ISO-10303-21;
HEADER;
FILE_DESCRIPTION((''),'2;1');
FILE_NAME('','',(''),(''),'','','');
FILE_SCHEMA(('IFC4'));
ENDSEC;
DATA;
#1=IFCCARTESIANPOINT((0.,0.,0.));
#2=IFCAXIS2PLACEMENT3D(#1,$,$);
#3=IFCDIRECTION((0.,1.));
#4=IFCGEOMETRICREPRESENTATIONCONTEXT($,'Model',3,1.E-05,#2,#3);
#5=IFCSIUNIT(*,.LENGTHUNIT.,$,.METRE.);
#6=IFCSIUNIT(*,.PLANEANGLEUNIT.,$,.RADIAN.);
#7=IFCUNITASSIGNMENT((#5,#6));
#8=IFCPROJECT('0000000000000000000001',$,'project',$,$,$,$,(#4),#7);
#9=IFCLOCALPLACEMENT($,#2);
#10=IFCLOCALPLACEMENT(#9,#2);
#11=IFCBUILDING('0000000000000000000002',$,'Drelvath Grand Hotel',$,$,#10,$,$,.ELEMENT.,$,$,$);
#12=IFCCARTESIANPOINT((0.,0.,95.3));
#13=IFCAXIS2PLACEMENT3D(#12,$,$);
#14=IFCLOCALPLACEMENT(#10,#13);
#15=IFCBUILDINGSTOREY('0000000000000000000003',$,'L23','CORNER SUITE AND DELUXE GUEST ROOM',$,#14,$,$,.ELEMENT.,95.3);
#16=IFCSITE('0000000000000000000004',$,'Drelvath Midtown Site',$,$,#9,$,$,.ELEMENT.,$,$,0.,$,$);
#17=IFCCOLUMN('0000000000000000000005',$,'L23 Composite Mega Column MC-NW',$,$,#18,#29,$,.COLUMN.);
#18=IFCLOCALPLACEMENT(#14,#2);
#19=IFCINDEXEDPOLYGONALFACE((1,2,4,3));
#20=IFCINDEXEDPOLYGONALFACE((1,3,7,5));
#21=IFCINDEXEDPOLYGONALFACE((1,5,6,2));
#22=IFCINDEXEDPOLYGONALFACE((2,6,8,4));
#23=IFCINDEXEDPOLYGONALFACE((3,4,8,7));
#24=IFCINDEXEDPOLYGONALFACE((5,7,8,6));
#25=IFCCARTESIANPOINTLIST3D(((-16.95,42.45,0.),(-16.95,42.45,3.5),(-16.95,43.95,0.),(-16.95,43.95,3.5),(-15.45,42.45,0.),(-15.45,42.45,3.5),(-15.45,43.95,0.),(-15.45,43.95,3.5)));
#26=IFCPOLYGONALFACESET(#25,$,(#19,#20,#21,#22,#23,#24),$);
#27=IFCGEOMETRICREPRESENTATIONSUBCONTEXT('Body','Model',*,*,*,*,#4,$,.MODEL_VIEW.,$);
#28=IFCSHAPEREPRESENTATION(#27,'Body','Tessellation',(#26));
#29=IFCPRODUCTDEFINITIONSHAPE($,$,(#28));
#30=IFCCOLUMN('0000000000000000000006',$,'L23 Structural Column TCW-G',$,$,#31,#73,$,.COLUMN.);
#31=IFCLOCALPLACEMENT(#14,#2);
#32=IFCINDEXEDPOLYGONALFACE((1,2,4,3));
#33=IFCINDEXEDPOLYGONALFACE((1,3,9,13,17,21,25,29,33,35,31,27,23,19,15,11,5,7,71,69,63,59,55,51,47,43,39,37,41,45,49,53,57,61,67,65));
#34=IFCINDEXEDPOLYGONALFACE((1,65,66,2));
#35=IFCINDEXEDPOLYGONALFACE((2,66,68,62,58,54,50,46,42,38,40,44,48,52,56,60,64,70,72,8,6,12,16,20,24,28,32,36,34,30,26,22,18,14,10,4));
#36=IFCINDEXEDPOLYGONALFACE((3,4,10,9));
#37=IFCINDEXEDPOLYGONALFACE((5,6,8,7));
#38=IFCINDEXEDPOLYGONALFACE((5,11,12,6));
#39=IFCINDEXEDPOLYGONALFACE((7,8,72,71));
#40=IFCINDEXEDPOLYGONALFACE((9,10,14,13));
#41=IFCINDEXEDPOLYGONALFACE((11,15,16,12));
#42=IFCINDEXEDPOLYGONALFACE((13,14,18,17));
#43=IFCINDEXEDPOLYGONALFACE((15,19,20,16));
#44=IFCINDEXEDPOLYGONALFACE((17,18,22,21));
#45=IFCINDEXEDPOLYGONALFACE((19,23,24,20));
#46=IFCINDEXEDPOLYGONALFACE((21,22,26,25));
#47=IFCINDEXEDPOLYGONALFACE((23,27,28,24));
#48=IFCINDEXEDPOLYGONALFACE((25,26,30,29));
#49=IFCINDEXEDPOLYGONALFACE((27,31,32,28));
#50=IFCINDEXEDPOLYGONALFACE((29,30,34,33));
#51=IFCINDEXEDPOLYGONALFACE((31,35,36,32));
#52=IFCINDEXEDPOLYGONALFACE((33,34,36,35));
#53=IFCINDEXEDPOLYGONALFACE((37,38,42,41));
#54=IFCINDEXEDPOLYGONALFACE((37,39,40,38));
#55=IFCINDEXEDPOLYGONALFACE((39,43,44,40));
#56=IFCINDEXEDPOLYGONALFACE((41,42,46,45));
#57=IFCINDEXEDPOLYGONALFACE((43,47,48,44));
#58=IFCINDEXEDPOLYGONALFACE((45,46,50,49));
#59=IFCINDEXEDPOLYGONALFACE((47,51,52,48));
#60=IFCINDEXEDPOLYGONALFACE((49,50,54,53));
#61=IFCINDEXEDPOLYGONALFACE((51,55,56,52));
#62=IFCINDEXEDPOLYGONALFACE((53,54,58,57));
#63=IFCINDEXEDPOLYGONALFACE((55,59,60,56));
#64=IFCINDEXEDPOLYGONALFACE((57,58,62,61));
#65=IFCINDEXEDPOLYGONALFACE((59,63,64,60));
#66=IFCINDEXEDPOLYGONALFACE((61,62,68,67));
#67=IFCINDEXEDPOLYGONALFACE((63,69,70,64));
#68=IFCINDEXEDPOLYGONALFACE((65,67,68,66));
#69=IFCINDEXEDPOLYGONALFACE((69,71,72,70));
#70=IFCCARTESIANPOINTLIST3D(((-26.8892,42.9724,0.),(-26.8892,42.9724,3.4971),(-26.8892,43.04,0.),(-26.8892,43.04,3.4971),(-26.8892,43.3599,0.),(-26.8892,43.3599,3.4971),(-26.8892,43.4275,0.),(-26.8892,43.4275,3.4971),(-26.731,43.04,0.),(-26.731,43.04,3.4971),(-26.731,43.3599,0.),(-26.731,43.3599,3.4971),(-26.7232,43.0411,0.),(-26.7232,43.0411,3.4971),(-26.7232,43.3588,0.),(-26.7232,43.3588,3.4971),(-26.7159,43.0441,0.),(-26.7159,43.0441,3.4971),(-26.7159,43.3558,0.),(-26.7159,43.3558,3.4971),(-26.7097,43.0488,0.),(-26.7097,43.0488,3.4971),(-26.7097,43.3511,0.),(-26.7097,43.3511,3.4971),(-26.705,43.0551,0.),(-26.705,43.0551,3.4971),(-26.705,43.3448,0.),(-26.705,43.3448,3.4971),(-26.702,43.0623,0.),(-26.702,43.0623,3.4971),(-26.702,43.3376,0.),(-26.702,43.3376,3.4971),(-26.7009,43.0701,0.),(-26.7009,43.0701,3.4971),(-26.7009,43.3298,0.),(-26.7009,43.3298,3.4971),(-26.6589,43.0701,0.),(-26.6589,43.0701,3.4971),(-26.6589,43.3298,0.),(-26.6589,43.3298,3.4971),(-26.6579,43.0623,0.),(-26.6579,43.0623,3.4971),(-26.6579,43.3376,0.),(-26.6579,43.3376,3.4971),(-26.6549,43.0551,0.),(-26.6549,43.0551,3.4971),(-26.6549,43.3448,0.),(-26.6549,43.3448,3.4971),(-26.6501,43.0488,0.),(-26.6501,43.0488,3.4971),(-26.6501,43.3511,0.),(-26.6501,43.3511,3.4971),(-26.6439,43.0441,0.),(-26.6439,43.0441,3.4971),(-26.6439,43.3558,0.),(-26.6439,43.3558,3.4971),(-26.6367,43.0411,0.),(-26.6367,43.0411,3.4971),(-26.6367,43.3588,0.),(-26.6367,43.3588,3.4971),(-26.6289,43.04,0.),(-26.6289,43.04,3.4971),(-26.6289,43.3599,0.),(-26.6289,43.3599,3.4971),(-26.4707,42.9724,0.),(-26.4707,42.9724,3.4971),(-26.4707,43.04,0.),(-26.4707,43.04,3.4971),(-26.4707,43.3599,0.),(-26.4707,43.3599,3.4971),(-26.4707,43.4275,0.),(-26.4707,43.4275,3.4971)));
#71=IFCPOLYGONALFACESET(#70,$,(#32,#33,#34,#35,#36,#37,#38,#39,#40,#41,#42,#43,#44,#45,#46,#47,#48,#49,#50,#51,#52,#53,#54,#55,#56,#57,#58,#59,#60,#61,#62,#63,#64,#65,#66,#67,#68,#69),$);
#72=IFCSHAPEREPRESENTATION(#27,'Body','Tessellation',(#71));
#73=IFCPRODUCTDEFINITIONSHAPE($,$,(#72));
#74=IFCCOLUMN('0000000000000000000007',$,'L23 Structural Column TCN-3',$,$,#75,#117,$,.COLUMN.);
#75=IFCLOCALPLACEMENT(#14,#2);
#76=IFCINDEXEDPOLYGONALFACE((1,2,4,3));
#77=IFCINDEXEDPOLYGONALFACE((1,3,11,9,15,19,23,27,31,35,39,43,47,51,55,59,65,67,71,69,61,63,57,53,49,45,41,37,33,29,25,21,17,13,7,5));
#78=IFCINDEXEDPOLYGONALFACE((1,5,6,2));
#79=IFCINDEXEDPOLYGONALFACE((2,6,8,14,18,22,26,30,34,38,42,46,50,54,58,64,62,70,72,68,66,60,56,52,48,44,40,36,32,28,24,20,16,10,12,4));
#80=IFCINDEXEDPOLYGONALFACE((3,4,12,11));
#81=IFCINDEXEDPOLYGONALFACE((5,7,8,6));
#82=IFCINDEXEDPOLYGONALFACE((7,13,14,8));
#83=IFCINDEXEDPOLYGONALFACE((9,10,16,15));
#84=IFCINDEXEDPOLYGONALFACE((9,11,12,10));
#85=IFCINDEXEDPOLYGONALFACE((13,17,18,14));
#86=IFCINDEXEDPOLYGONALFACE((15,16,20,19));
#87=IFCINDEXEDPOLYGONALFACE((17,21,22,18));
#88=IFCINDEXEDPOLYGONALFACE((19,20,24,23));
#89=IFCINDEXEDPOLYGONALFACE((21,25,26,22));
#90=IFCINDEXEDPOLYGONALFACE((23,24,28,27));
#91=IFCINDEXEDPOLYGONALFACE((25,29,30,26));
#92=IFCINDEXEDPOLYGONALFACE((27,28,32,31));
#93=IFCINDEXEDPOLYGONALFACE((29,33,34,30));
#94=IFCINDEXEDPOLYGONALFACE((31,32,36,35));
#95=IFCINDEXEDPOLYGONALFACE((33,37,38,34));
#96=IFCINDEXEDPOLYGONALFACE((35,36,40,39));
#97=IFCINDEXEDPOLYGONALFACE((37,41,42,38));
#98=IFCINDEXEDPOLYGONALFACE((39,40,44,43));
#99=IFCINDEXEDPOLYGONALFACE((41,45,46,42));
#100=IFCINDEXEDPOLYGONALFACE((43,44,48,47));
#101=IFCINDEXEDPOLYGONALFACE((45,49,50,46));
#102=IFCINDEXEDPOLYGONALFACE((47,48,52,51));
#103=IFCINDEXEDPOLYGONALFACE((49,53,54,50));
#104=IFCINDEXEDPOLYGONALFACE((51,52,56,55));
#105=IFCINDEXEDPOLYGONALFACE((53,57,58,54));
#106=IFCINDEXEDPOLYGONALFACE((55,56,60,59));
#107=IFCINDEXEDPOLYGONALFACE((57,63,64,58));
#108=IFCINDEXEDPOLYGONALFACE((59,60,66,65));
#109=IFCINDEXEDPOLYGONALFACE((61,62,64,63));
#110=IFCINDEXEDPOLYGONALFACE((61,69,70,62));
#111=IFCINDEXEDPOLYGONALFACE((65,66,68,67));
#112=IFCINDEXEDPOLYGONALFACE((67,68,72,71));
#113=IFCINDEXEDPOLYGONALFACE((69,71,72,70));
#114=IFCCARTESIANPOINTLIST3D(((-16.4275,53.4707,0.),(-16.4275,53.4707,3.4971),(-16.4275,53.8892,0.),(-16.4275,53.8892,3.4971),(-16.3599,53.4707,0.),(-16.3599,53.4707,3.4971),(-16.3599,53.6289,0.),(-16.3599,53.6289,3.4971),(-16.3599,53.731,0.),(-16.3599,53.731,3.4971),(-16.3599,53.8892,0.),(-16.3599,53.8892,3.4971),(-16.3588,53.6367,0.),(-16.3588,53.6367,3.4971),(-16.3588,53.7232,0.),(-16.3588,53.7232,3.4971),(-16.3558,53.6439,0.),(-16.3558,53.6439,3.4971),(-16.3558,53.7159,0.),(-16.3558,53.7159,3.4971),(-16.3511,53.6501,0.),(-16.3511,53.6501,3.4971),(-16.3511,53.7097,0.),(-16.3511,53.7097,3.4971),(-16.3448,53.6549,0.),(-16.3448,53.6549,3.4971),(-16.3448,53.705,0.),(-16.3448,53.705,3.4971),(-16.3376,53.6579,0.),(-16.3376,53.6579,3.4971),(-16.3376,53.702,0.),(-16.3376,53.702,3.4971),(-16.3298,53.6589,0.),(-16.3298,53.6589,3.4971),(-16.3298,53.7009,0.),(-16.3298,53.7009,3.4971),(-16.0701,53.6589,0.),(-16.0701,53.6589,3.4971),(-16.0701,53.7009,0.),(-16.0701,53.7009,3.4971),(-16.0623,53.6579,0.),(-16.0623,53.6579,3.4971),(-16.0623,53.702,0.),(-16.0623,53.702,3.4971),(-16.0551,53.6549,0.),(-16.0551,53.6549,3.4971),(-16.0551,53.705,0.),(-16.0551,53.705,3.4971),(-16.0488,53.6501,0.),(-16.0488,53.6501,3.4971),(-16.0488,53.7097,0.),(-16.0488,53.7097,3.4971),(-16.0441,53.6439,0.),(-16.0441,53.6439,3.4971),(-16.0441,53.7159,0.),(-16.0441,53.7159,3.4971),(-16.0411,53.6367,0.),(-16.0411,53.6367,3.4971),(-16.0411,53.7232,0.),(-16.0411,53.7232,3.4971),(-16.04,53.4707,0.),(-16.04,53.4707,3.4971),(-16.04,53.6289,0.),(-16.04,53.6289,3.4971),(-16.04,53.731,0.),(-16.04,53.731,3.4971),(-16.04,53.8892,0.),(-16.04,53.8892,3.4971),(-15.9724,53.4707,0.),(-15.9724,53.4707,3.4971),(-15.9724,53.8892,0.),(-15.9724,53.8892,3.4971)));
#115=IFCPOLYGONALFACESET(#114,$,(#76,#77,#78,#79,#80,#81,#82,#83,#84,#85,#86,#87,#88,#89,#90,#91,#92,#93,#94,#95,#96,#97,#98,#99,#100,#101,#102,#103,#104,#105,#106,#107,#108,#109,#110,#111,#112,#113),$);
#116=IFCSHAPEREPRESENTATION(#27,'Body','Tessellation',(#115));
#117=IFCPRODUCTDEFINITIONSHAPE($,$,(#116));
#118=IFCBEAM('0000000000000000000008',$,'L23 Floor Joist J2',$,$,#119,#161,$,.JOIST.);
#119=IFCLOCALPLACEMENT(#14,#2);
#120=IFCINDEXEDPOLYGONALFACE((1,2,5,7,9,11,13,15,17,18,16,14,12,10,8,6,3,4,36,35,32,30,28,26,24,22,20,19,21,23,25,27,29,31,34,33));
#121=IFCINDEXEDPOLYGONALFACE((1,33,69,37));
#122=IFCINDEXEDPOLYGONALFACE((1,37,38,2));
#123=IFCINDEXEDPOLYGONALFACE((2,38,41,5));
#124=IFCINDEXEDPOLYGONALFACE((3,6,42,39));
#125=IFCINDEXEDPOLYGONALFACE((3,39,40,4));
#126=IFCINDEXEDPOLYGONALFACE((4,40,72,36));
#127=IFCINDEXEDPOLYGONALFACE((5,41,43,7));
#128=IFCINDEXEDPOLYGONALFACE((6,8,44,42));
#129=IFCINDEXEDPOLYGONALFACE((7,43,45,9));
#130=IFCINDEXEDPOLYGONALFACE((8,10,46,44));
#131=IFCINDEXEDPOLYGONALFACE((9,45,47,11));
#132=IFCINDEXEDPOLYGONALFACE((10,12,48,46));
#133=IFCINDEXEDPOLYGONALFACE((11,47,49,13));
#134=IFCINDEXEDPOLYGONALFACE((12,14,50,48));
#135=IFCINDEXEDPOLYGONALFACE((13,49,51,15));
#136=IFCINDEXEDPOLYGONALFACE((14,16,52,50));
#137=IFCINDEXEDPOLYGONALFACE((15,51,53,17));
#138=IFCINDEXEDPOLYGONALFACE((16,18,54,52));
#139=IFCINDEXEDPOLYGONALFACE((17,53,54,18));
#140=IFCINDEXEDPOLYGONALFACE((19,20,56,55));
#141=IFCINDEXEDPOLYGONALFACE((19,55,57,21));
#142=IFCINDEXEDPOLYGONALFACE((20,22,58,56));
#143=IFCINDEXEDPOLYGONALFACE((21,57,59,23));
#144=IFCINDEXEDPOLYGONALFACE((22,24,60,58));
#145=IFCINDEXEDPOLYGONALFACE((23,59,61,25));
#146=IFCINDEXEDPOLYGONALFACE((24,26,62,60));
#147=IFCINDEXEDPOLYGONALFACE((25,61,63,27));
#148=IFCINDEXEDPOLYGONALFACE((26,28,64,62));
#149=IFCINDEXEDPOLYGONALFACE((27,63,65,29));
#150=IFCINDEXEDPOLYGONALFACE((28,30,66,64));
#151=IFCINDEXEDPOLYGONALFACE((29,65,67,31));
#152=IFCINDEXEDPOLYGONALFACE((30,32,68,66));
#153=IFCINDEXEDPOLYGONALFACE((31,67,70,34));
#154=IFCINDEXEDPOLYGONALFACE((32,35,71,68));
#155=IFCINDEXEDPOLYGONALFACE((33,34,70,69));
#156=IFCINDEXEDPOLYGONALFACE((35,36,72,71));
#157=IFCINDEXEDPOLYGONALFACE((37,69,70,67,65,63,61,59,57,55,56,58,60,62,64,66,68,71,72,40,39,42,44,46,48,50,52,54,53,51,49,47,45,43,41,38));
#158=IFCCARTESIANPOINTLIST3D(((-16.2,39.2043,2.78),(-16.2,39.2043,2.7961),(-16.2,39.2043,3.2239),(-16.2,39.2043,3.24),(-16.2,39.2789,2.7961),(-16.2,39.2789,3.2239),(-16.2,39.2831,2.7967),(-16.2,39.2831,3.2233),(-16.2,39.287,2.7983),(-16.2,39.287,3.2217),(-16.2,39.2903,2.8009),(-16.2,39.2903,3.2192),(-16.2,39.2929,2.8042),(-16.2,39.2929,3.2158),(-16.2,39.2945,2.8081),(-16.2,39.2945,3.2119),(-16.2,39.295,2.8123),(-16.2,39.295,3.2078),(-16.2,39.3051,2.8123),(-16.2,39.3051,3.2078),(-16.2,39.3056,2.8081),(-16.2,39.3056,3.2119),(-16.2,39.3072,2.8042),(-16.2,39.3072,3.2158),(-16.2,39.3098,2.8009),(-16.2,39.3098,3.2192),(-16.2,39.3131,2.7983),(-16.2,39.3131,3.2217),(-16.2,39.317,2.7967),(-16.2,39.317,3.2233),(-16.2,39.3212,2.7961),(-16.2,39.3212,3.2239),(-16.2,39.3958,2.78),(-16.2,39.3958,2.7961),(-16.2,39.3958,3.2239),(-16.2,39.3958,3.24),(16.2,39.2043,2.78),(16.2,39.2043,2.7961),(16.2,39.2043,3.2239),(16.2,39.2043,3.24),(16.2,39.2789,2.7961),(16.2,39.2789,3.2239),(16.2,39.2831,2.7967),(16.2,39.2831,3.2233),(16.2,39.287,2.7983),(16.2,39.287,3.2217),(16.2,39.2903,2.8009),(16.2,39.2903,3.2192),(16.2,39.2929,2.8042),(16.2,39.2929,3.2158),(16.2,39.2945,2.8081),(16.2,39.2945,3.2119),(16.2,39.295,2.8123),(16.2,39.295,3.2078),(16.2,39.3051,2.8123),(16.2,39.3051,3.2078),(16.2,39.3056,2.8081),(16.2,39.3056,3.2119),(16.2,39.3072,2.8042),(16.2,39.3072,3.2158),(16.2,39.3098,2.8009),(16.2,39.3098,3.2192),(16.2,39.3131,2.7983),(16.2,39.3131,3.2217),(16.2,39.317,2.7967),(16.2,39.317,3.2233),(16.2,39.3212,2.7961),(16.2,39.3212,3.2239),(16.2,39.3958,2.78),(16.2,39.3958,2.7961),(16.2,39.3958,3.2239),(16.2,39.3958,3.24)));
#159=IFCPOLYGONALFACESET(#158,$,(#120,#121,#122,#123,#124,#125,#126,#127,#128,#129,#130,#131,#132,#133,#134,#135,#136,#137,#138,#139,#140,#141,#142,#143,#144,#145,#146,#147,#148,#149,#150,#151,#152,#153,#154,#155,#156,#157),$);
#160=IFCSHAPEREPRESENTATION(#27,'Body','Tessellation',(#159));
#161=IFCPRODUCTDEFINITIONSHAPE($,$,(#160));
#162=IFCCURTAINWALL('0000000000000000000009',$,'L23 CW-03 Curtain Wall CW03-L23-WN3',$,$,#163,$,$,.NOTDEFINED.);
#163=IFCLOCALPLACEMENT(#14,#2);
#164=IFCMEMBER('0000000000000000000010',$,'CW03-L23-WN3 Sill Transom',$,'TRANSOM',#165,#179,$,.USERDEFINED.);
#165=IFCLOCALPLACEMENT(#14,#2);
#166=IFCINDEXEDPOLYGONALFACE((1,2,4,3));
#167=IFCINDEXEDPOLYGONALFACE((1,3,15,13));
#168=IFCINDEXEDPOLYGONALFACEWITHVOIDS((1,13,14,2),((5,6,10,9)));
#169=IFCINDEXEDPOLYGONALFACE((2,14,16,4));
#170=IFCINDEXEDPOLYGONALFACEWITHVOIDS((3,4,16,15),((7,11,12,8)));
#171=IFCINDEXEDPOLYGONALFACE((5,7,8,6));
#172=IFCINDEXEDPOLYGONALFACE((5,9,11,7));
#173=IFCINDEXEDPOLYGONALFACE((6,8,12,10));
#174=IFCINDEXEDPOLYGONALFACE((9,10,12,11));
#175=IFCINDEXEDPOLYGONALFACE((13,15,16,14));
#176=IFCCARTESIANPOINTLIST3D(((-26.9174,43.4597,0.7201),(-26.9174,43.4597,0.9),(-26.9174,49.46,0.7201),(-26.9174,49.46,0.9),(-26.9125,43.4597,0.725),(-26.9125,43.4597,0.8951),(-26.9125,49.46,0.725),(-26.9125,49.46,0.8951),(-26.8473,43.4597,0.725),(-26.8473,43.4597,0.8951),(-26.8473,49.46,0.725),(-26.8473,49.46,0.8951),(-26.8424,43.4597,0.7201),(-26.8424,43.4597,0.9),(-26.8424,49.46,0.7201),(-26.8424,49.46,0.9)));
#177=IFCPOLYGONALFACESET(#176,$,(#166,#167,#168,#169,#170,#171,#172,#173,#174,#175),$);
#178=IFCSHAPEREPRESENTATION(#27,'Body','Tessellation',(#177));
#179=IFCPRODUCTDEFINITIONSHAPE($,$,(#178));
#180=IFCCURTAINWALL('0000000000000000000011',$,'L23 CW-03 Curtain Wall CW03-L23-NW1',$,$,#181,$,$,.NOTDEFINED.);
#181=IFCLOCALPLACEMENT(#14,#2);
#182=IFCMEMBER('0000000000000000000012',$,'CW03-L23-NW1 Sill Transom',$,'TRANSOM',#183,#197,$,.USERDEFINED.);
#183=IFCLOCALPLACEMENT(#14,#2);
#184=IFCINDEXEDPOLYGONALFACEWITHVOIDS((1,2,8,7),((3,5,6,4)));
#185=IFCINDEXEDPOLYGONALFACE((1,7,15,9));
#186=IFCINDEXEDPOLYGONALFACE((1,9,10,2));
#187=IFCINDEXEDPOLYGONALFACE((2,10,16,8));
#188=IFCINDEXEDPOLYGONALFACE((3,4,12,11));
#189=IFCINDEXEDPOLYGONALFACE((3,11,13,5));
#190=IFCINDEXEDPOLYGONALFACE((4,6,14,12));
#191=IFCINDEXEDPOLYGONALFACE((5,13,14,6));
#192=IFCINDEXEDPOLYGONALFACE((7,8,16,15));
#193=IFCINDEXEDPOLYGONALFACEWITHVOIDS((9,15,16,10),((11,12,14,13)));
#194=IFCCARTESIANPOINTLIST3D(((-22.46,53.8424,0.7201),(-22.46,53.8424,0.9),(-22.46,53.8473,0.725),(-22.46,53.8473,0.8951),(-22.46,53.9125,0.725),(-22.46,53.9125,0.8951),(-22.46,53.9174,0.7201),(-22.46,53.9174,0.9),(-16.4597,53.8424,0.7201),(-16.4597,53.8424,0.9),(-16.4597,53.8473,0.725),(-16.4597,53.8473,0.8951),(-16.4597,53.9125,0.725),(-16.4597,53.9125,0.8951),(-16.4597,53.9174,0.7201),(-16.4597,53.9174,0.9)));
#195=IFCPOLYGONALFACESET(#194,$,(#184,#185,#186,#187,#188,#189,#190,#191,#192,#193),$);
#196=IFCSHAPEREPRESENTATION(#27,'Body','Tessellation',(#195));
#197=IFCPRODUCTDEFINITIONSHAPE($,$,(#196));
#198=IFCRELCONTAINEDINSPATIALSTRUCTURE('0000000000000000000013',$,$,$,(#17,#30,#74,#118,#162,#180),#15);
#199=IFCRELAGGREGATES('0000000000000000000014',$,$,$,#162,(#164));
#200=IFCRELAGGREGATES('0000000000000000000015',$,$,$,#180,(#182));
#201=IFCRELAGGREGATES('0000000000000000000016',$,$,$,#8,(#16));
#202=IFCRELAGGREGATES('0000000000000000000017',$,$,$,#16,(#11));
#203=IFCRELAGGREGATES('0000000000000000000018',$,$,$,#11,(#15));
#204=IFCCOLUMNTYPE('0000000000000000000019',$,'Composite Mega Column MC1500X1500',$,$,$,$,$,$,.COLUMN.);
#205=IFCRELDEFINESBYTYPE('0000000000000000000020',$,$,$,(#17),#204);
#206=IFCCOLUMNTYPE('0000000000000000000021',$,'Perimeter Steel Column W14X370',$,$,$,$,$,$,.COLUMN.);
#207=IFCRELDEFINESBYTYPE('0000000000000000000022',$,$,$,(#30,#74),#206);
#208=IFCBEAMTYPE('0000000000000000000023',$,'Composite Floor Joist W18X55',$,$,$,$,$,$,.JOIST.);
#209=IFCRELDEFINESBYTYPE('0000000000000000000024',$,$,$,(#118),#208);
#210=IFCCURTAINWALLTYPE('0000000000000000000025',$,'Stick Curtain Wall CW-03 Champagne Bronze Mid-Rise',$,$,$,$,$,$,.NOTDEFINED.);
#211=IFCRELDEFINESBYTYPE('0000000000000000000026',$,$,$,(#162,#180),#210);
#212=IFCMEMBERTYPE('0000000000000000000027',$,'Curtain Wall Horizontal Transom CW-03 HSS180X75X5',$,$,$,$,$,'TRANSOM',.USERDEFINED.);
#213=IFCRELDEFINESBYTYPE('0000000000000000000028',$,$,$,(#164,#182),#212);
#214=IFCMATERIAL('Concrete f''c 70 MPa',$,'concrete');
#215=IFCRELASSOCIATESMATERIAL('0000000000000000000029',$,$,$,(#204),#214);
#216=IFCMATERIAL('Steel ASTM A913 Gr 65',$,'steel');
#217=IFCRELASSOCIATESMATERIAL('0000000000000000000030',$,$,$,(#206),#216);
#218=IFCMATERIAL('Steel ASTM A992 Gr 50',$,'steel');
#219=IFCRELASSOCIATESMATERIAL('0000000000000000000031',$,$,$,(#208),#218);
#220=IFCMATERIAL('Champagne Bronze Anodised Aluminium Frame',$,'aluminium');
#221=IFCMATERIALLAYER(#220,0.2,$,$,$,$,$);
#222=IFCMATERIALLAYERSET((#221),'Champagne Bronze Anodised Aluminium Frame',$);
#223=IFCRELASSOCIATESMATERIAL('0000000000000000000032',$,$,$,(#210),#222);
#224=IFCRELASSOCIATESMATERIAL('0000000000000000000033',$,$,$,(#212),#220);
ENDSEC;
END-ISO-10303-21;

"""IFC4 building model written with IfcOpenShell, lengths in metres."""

from ifc_helpers import new_model, si_unit, direction, frame, origin, origin_2d, place, context, subcontext, project, spatial, rectangle, hollow_rectangle, i_section, extrude, material, layer, layer_set, material_profile, profile_set, type_object, element, aggregate, save


model = new_model("IFC4")

# Units and contexts
model_context = context("Model", 3, precision=1e-05, world=origin(), true_north=direction((0.0, 1.0)))
body_context = subcontext(model_context, "Body", "Model", "MODEL_VIEW")
ifc_project = project(units=[si_unit("LENGTHUNIT", "METRE"), si_unit("PLANEANGLEUNIT", "RADIAN")], contexts=[model_context])

# Site, building, storey
site_placement = place(None, origin())
site = spatial("IfcSite", under=ifc_project, at=site_placement, Name="Drelvath Midtown Site", CompositionType="ELEMENT", RefElevation=0.0)
building_placement = place(site_placement, origin())
building = spatial("IfcBuilding", under=site, at=building_placement, Name="Drelvath Grand Hotel", CompositionType="ELEMENT")
storey_placement = place(building_placement, frame((0.0, 0.0, 95.3)))
storey = spatial("IfcBuildingStorey", under=building, at=storey_placement, Name="L23", Description="CORNER SUITE AND DELUXE GUEST ROOM", CompositionType="ELEMENT", Elevation=95.3)

# Columns
ifc_material_1 = material(Name="Concrete f'c 70 MPa", Category="concrete")
ifc_material_profile_1 = material_profile(ifc_material_1, rectangle(XDim=1.5, YDim=1.5, at=origin_2d()), Name="MC1500X1500")
ifc_profile_set_1 = profile_set([ifc_material_profile_1], Name="Concrete f'c 70 MPa")
column_type_1 = type_object("IfcColumnType", Name="Composite Mega Column MC1500X1500", PredefinedType="COLUMN", material=ifc_profile_set_1)
column_placement = place(storey_placement, frame((-16.2, 43.2, 0.0), z_axis=(0.0, 0.0, 1.0), x_axis=(1.0, 0.0, 0.0)))
element("IfcColumn", 1, at=column_placement, inside=storey, type_object=column_type_1, Name="L23 Composite Mega Column MC-NW", PredefinedType="COLUMN", context=body_context, shape_type="SweptSolid", body=[
    extrude(rectangle(XDim=1.5, YDim=1.5, at=origin_2d()), origin(), (0.0, 0.0, 1.0), 3.5),
])
ifc_material_2 = material(Name="Steel ASTM A913 Gr 65", Category="steel")
ifc_material_profile_2 = material_profile(ifc_material_2, i_section(OverallWidth=0.4185, OverallDepth=0.4551, WebThickness=0.042, FlangeThickness=0.0676, FilletRadius=0.03, at=origin_2d()), Name="W14X370")
ifc_profile_set_2 = profile_set([ifc_material_profile_2], Name="Steel ASTM A913 Gr 65")
column_type_2 = type_object("IfcColumnType", Name="Perimeter Steel Column W14X370", PredefinedType="COLUMN", material=ifc_profile_set_2)
for number, where, z_axis, x_axis, name in (
    (2, (-26.6799, 43.2, 0.0), (0.0, 0.0, 1.0), (1.0, 0.0, 0.0), "L23 Structural Column TCW-G"),
    (3, (-16.2, 53.6799, 0.0), (0.0, 0.0, 1.0), (0.0, 1.0, 0.0), "L23 Structural Column TCN-3"),
):
    element("IfcColumn", number, at=place(storey_placement, frame(where, z_axis=z_axis, x_axis=x_axis)), inside=storey, type_object=column_type_2, Name=name, PredefinedType="COLUMN", context=body_context, shape_type="SweptSolid", body=[
        extrude(i_section(OverallWidth=0.4185, OverallDepth=0.4551, WebThickness=0.042, FlangeThickness=0.0676, FilletRadius=0.03, at=origin_2d()), origin(), (0.0, 0.0, 1.0), 3.4971),
    ])

# Beam
ifc_material_3 = material(Name="Steel ASTM A992 Gr 50", Category="steel")
ifc_material_profile_3 = material_profile(ifc_material_3, i_section(OverallWidth=0.1914, OverallDepth=0.46, WebThickness=0.01, FlangeThickness=0.0161, FilletRadius=0.0161, at=origin_2d()), Name="W18X55")
ifc_profile_set_3 = profile_set([ifc_material_profile_3], Name="Steel ASTM A992 Gr 50")
beam_type_1 = type_object("IfcBeamType", Name="Composite Floor Joist W18X55", PredefinedType="JOIST", material=ifc_profile_set_3)
beam_1_placement = place(storey_placement, frame((-16.2, 39.3, 3.01), z_axis=(1.0, 0.0, 0.0), x_axis=(0.0, 1.0, 0.0)))
element("IfcBeam", 4, at=beam_1_placement, inside=storey, type_object=beam_type_1, Name="L23 Floor Joist J2", PredefinedType="JOIST", context=body_context, shape_type="SweptSolid", body=[
    extrude(i_section(OverallWidth=0.1914, OverallDepth=0.46, WebThickness=0.01, FlangeThickness=0.0161, FilletRadius=0.0161, at=origin_2d()), origin(), (0.0, 0.0, 1.0), 32.3999),
])

# Curtain walls, members
ifc_material_4 = material(Name="Champagne Bronze Anodised Aluminium Frame", Category="aluminium")
ifc_layer_1 = layer(ifc_material_4, 0.2)
ifc_layer_set_1 = layer_set([ifc_layer_1], Name="Champagne Bronze Anodised Aluminium Frame")
curtain_wall_type = type_object("IfcCurtainWallType", Name="Stick Curtain Wall CW-03 Champagne Bronze Mid-Rise", PredefinedType="NOTDEFINED", material=ifc_layer_set_1)
curtain_wall_1_placement = place(storey_placement, origin())
curtain_wall_1 = element("IfcCurtainWall", 5, at=curtain_wall_1_placement, inside=storey, type_object=curtain_wall_type, Name="L23 CW-03 Curtain Wall CW03-L23-WN3", PredefinedType="NOTDEFINED")
ifc_material_profile_4 = material_profile(ifc_material_4, hollow_rectangle(XDim=0.075, YDim=0.1799, WallThickness=0.0049, at=origin_2d()), Name="HSS180X75X5")
ifc_profile_set_4 = profile_set([ifc_material_profile_4], Name="Champagne Bronze Anodised Aluminium Frame")
member_type_1 = type_object("IfcMemberType", Name="Curtain Wall Horizontal Transom CW-03 HSS180X75X5", ElementType="TRANSOM", PredefinedType="USERDEFINED", material=ifc_profile_set_4)
member_1_placement = place(storey_placement, frame((-26.8799, 43.4597, 0.8101), z_axis=(0.0, 1.0, 0.0), x_axis=(-1.0, 0.0, 0.0)))
member_1 = element("IfcMember", 6, at=member_1_placement, type_object=member_type_1, Name="CW03-L23-WN3 Sill Transom", ObjectType="TRANSOM", PredefinedType="USERDEFINED", context=body_context, shape_type="SweptSolid", body=[
    extrude(hollow_rectangle(XDim=0.075, YDim=0.1799, WallThickness=0.0049, at=origin_2d()), origin(), (0.0, 0.0, 1.0), 6.0002),
])
curtain_wall_2_placement = place(storey_placement, origin())
curtain_wall_2 = element("IfcCurtainWall", 7, at=curtain_wall_2_placement, inside=storey, type_object=curtain_wall_type, Name="L23 CW-03 Curtain Wall CW03-L23-NW1", PredefinedType="NOTDEFINED")
member_2_placement = place(storey_placement, frame((-22.46, 53.8799, 0.8101), z_axis=(1.0, 0.0, 0.0), x_axis=(0.0, 1.0, 0.0)))
member_2 = element("IfcMember", 8, at=member_2_placement, type_object=member_type_1, Name="CW03-L23-NW1 Sill Transom", ObjectType="TRANSOM", PredefinedType="USERDEFINED", context=body_context, shape_type="SweptSolid", body=[
    extrude(hollow_rectangle(XDim=0.075, YDim=0.1799, WallThickness=0.0049, at=origin_2d()), origin(), (0.0, 0.0, 1.0), 6.0002),
])

aggregate(curtain_wall_1, [member_1])
aggregate(curtain_wall_2, [member_2])

save(model, "model.ifc")
